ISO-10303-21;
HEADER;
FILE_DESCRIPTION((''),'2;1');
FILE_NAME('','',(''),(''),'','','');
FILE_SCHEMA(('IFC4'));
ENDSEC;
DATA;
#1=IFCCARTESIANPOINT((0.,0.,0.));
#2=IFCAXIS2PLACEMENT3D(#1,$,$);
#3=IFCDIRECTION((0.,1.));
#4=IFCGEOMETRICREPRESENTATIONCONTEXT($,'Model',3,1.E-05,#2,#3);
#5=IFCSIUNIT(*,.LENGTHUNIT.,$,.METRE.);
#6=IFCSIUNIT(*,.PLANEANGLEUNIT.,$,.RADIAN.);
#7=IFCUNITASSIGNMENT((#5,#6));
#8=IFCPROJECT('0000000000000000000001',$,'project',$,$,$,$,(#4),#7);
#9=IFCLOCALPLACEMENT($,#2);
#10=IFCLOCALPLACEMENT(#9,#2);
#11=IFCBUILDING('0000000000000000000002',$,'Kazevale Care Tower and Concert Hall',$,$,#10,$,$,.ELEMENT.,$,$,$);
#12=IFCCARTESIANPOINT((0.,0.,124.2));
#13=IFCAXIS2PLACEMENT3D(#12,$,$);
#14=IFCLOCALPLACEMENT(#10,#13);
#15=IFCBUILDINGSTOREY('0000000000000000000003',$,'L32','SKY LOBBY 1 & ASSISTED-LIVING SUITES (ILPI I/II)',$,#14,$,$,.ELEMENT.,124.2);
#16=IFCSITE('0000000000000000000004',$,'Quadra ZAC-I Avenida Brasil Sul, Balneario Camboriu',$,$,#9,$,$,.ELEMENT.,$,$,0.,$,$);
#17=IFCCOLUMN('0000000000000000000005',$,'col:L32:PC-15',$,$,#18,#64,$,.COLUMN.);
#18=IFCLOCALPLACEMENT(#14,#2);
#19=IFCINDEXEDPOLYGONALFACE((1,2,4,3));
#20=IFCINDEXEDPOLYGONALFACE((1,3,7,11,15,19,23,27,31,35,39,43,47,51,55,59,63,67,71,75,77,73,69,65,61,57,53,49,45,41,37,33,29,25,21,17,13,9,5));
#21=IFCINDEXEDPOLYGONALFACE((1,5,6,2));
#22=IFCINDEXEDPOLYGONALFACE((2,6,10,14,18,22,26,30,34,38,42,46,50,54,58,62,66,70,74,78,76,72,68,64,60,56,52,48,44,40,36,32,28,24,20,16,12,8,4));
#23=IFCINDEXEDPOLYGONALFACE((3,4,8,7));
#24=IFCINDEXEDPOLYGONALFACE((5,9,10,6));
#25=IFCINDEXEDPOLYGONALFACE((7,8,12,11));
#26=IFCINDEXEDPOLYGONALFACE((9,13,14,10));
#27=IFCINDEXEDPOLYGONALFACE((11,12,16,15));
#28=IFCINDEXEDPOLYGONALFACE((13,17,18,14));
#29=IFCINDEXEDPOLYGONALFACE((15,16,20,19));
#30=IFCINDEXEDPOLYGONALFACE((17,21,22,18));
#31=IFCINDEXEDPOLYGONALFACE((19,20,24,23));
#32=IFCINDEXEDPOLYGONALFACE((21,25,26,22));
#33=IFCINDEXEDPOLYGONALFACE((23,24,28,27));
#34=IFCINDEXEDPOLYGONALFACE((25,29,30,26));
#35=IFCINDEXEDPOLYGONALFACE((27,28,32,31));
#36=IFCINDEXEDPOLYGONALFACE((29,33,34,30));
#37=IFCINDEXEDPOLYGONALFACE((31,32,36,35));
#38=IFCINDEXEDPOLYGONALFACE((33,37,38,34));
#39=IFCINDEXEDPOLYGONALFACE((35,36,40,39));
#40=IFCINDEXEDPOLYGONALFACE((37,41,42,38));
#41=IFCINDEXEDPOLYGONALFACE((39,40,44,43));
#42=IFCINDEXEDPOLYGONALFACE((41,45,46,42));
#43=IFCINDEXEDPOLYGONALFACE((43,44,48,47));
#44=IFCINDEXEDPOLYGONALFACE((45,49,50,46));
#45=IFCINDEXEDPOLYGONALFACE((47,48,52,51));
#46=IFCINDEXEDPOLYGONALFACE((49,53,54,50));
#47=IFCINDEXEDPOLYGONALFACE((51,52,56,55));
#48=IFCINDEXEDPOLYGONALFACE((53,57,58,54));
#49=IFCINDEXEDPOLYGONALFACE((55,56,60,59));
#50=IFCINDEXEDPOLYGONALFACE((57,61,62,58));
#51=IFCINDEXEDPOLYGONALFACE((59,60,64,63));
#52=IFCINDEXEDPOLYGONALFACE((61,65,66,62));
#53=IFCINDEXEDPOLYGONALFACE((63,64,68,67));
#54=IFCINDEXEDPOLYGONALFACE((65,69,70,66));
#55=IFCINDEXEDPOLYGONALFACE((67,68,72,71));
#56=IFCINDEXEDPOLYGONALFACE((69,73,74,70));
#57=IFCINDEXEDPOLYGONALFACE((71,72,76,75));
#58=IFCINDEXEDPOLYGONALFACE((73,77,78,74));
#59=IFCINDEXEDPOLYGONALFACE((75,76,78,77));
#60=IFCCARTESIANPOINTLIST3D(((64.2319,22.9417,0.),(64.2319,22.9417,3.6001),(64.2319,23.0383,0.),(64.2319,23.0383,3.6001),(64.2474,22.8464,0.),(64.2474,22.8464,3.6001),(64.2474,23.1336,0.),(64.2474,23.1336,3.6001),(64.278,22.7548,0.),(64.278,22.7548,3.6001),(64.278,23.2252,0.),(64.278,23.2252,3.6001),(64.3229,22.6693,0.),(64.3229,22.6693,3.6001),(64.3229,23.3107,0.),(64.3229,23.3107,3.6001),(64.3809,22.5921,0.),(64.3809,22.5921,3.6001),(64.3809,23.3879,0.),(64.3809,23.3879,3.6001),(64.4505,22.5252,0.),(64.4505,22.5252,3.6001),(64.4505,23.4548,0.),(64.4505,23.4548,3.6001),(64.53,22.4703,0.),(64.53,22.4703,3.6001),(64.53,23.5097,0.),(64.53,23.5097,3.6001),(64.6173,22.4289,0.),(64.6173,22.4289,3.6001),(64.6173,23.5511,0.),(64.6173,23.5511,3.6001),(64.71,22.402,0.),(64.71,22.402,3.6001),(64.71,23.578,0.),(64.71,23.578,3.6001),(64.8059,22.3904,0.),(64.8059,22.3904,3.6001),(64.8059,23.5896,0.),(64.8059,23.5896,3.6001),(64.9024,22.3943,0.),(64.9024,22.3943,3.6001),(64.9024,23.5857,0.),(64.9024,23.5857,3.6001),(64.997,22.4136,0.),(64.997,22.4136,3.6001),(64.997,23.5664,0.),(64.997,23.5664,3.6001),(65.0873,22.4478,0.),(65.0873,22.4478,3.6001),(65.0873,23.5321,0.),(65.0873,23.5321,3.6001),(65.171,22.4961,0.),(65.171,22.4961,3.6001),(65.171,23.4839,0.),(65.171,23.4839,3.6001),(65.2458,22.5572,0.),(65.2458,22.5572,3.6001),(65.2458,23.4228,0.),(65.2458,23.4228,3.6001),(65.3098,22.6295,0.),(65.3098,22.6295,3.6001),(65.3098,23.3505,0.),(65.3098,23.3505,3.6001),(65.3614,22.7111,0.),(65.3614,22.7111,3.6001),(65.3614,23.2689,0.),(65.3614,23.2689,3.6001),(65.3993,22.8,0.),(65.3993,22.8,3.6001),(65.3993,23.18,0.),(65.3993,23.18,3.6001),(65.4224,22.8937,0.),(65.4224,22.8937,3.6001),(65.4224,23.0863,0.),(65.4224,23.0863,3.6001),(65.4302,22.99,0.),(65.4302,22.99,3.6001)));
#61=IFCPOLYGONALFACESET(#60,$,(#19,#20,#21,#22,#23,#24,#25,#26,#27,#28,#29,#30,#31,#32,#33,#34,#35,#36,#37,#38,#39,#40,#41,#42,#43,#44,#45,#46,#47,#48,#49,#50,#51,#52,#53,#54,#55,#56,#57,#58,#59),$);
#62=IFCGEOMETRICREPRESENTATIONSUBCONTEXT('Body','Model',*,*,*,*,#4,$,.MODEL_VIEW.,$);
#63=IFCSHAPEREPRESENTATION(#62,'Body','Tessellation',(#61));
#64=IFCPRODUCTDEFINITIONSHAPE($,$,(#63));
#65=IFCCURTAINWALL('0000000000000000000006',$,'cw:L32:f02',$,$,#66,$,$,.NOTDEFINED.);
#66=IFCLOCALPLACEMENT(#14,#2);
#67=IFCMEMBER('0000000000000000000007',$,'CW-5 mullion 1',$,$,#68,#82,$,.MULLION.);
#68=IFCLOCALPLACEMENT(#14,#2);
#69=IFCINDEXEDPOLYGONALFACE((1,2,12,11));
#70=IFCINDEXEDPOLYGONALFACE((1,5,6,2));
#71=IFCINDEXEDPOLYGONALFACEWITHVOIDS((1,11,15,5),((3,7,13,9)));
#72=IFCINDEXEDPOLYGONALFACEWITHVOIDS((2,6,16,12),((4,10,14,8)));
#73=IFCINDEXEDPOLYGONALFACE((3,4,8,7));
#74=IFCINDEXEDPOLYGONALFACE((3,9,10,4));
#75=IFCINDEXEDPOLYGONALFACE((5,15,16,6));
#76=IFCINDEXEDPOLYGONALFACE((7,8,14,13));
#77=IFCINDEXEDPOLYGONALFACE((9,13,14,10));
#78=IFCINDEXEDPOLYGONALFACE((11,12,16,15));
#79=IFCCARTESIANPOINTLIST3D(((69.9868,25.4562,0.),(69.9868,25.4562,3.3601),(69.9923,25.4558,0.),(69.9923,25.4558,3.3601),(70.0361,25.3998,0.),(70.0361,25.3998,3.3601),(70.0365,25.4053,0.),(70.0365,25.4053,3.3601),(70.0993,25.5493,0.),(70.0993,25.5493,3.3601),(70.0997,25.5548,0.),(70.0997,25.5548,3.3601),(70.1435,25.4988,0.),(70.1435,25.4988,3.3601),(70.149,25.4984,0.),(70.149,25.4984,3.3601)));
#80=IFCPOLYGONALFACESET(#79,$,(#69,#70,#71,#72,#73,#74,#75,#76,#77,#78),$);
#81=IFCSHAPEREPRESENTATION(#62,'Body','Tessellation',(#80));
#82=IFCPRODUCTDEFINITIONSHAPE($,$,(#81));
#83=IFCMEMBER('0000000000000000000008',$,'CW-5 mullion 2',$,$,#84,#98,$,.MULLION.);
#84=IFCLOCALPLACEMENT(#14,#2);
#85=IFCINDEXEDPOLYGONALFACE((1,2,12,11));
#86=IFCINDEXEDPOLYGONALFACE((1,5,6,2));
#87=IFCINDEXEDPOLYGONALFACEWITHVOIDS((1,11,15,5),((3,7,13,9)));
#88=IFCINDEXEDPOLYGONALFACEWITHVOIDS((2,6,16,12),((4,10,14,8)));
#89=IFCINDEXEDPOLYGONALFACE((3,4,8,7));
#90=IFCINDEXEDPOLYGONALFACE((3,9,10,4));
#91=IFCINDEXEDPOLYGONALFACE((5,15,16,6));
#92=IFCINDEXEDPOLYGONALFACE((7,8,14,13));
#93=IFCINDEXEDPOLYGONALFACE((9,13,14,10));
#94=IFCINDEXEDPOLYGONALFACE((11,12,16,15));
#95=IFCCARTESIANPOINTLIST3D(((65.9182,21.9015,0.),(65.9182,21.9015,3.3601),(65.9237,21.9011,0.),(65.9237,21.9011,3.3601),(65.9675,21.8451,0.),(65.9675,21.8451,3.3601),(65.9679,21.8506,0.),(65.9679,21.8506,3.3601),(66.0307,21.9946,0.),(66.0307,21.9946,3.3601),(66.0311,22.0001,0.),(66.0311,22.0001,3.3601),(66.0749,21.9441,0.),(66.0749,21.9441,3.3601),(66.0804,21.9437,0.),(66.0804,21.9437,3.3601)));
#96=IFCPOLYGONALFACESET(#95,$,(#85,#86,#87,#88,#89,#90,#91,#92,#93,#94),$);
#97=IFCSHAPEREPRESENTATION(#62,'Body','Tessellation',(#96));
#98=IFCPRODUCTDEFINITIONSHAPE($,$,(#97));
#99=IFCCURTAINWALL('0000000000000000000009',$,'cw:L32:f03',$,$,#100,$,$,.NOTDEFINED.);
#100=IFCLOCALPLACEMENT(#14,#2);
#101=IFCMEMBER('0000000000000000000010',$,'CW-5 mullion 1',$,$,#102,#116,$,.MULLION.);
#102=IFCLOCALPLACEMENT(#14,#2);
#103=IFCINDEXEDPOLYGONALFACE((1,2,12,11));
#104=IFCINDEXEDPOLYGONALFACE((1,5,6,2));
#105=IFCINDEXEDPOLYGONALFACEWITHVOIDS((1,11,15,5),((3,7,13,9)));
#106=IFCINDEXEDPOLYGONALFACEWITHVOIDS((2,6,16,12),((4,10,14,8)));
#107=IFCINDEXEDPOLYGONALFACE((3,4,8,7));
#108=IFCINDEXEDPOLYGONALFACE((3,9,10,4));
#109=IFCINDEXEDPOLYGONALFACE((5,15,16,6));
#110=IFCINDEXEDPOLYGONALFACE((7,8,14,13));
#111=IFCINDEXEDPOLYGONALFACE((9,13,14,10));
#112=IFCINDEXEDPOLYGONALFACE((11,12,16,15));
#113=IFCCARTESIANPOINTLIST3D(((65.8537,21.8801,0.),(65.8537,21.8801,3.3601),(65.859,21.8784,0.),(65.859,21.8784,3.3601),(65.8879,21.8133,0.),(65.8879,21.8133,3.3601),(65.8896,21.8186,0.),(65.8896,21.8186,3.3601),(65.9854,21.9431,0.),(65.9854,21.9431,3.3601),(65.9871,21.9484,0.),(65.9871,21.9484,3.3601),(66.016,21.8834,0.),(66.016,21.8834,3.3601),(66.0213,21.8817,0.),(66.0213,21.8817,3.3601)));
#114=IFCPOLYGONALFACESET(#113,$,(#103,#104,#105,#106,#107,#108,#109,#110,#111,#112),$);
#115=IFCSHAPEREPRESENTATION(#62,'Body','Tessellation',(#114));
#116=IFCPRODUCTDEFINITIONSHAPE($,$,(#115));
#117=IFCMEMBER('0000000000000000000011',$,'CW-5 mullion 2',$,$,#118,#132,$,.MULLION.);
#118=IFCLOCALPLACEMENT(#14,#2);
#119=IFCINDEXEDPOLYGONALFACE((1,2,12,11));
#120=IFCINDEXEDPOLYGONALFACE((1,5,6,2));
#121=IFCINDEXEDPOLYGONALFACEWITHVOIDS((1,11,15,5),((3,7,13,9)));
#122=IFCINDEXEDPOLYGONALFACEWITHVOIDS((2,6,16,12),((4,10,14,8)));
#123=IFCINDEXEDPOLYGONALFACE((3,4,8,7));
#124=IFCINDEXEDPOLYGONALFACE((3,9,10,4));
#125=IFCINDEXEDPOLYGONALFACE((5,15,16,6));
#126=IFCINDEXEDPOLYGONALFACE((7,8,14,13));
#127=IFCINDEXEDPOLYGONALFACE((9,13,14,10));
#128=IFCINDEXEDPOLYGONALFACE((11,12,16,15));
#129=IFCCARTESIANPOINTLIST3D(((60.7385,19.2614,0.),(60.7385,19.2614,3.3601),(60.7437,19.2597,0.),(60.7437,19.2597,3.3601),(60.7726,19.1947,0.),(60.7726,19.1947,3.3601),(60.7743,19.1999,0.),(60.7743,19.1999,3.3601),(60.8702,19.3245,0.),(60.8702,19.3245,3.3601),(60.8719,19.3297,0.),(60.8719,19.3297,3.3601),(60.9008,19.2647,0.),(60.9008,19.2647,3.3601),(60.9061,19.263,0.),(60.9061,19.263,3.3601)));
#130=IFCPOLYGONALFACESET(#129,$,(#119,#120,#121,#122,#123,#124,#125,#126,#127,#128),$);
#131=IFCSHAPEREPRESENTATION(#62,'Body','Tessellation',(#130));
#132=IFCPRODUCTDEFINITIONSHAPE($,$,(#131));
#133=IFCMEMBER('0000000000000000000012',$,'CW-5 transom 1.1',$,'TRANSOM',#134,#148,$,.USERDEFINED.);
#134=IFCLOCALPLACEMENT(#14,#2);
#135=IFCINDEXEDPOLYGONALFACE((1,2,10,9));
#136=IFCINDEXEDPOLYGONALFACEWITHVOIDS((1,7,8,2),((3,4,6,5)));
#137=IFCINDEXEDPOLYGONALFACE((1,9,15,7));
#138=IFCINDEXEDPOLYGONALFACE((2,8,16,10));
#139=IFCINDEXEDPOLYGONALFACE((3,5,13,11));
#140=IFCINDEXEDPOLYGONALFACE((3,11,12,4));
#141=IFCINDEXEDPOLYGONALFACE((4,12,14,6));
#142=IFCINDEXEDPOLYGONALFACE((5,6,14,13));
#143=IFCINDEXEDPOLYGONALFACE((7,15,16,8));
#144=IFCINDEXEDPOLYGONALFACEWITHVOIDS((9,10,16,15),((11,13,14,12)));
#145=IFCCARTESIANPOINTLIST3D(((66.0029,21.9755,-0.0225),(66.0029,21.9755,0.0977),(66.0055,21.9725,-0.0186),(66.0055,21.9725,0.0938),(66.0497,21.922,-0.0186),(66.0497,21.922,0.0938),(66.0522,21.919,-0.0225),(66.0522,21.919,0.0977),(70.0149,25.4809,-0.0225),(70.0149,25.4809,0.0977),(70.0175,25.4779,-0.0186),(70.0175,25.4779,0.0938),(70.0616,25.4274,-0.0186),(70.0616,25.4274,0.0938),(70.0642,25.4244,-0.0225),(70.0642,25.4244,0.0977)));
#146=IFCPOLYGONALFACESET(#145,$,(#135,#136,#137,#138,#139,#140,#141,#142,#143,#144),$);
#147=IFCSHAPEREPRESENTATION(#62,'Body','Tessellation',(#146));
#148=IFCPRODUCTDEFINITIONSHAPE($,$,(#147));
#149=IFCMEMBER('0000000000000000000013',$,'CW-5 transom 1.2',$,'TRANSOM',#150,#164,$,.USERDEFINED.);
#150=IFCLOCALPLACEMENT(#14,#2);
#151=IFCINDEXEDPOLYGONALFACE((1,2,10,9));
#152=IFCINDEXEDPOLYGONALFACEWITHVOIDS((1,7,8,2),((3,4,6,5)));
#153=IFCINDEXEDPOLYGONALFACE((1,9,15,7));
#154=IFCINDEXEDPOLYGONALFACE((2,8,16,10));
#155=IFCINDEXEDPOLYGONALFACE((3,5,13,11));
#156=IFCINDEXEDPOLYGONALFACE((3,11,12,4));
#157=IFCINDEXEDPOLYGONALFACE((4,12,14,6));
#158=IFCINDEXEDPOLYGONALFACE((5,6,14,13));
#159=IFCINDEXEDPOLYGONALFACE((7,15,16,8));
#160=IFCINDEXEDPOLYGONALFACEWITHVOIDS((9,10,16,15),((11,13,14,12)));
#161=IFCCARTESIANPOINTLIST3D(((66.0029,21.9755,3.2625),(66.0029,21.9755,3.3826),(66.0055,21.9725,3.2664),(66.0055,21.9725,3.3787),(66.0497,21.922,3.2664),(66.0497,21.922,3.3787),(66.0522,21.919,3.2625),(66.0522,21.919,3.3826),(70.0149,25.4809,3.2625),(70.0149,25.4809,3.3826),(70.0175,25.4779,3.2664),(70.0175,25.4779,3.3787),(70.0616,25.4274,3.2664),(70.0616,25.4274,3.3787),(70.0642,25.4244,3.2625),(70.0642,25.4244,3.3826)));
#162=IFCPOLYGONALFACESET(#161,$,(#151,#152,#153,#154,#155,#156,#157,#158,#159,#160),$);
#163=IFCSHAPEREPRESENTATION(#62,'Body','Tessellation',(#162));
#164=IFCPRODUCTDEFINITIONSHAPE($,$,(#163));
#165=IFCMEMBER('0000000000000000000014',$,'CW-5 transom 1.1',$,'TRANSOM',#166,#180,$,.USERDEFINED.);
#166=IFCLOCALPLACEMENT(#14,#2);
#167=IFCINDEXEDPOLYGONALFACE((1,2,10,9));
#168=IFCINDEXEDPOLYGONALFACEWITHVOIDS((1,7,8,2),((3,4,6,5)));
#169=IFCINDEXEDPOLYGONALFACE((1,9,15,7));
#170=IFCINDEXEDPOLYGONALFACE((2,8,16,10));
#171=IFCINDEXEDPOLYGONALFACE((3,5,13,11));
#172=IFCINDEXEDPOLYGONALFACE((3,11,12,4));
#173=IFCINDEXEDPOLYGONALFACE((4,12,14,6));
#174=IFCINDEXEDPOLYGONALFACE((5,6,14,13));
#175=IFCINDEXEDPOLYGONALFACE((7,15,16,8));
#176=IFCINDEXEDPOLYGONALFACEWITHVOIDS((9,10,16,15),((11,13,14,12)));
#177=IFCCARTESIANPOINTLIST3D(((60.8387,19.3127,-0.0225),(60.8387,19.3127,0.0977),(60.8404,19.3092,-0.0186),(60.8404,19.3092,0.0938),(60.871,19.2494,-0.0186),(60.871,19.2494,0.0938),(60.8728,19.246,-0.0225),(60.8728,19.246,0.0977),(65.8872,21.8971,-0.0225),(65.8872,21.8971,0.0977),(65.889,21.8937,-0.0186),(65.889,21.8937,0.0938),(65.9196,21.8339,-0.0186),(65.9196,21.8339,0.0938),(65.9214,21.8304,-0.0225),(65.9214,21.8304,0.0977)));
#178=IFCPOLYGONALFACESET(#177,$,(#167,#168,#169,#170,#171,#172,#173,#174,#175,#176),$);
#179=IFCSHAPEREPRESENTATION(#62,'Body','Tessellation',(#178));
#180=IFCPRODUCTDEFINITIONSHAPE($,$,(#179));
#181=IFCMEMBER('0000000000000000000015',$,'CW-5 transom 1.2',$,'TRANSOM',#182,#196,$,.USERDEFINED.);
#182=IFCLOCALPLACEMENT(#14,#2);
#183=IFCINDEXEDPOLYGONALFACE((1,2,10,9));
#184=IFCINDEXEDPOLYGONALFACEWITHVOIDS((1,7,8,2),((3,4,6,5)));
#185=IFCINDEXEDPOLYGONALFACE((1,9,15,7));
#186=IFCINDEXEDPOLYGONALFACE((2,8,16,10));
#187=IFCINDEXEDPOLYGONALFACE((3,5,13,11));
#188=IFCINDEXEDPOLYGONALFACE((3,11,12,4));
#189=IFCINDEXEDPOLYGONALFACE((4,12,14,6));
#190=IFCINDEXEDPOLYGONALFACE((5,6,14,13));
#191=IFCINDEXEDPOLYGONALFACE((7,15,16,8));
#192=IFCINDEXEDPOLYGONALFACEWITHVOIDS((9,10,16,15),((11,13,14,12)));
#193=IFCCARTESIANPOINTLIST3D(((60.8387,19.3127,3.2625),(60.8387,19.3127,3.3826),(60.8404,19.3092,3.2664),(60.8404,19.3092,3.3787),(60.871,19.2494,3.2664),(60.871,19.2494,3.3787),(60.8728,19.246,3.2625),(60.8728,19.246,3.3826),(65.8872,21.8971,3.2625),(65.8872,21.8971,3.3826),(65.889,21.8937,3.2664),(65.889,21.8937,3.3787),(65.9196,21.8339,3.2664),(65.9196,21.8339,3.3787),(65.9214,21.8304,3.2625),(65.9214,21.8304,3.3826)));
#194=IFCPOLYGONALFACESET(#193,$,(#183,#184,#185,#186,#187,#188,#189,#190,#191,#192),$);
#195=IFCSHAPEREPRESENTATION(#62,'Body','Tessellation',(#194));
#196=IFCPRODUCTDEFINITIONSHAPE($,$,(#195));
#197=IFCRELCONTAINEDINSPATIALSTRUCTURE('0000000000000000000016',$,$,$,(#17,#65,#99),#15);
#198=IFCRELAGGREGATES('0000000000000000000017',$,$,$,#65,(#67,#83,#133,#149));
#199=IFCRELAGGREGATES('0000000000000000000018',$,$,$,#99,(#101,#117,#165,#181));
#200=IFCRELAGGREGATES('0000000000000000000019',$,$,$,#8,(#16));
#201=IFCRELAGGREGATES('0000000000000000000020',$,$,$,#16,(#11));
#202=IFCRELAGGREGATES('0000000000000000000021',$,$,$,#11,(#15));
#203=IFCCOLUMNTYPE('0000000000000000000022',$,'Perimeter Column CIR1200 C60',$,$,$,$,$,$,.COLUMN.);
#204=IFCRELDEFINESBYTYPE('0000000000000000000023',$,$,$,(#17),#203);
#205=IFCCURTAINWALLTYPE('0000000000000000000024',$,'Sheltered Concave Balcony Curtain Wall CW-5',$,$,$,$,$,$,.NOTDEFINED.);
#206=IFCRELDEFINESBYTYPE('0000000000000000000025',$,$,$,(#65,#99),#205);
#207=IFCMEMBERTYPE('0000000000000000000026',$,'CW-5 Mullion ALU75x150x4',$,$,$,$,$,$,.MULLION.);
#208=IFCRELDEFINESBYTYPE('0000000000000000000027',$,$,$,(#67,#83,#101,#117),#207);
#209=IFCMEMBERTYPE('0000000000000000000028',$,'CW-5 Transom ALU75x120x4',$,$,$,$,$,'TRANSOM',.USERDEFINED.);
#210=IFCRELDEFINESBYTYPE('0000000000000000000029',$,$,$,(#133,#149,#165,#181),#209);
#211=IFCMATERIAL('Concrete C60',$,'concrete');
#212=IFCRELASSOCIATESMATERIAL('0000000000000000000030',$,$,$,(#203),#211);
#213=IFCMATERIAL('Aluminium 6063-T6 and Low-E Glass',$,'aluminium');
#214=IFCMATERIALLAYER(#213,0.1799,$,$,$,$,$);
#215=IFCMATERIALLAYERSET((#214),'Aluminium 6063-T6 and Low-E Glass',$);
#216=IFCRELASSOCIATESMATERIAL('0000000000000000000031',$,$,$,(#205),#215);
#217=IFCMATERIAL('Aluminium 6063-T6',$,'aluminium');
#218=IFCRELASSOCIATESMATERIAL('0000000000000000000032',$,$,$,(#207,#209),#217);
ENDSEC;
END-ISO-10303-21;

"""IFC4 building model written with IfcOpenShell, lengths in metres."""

from ifc_helpers import new_model, si_unit, direction, frame, origin, origin_2d, place, context, subcontext, project, spatial, hollow_rectangle, circle, extrude, material, layer, layer_set, material_profile, profile_set, type_object, element, aggregate, save


model = new_model("IFC4")

# Units and contexts
model_context = context("Model", 3, precision=1e-05, world=origin(), true_north=direction((0.0, 1.0)))
body_context = subcontext(model_context, "Body", "Model", "MODEL_VIEW")
ifc_project = project(units=[si_unit("LENGTHUNIT", "METRE"), si_unit("PLANEANGLEUNIT", "RADIAN")], contexts=[model_context])

# Site, building, storey
site_placement = place(None, origin())
site = spatial("IfcSite", under=ifc_project, at=site_placement, Name="Quadra ZAC-I Avenida Brasil Sul, Balneario Camboriu", CompositionType="ELEMENT", RefElevation=0.0)
building_placement = place(site_placement, origin())
building = spatial("IfcBuilding", under=site, at=building_placement, Name="Kazevale Care Tower and Concert Hall", CompositionType="ELEMENT")
storey_placement = place(building_placement, frame((0.0, 0.0, 124.2)))
storey = spatial("IfcBuildingStorey", under=building, at=storey_placement, Name="L32", Description="SKY LOBBY 1 & ASSISTED-LIVING SUITES (ILPI I/II)", CompositionType="ELEMENT", Elevation=124.2)

# Column
ifc_material_1 = material(Name="Concrete C60", Category="concrete")
ifc_material_profile_1 = material_profile(ifc_material_1, circle(Radius=0.6001, at=origin_2d()), Name="RC-CIR1200")
ifc_profile_set_1 = profile_set([ifc_material_profile_1], Name="Concrete C60")
column_type = type_object("IfcColumnType", Name="Perimeter Column CIR1200 C60", PredefinedType="COLUMN", material=ifc_profile_set_1)
column_placement = place(storey_placement, frame((64.8301, 22.99, 0.0), z_axis=(0.0, 0.0, 1.0), x_axis=(1.0, 0.0, 0.0)))
element("IfcColumn", 1, at=column_placement, inside=storey, type_object=column_type, Name="col:L32:PC-15", PredefinedType="COLUMN", context=body_context, shape_type="SweptSolid", body=[
    extrude(circle(Radius=0.6001, at=origin_2d()), origin(), (0.0, 0.0, 1.0), 3.6001),
])

# Curtain walls, members
ifc_material_2 = material(Name="Aluminium 6063-T6 and Low-E Glass", Category="aluminium")
ifc_layer_1 = layer(ifc_material_2, 0.1799)
ifc_layer_set_1 = layer_set([ifc_layer_1], Name="Aluminium 6063-T6 and Low-E Glass")
curtain_wall_type = type_object("IfcCurtainWallType", Name="Sheltered Concave Balcony Curtain Wall CW-5", PredefinedType="NOTDEFINED", material=ifc_layer_set_1)
curtain_wall_1_placement = place(storey_placement, origin())
curtain_wall_1 = element("IfcCurtainWall", 2, at=curtain_wall_1_placement, inside=storey, type_object=curtain_wall_type, Name="cw:L32:f02", PredefinedType="NOTDEFINED")
ifc_material_3 = material(Name="Aluminium 6063-T6", Category="aluminium")
ifc_material_profile_2 = material_profile(ifc_material_3, hollow_rectangle(XDim=0.075, YDim=0.1499, WallThickness=0.0039, at=origin_2d()), Name="ALU75x150x4")
ifc_profile_set_2 = profile_set([ifc_material_profile_2], Name="Aluminium 6063-T6")
member_type_1 = type_object("IfcMemberType", Name="CW-5 Mullion ALU75x150x4", PredefinedType="MULLION", material=ifc_profile_set_2)
member_1_placement = place(storey_placement, frame((70.0679, 25.4773, 0.0), z_axis=(0.0, 0.0, 1.0), x_axis=(0.657949, -0.753063, 0.0)))
member_1 = element("IfcMember", 3, at=member_1_placement, type_object=member_type_1, Name="CW-5 mullion 1", PredefinedType="MULLION", context=body_context, shape_type="SweptSolid", body=[
    extrude(hollow_rectangle(XDim=0.075, YDim=0.1499, WallThickness=0.0039, at=origin_2d()), origin(), (0.0, 0.0, 1.0), 3.3601),
])
member_2_placement = place(storey_placement, frame((65.9993, 21.9226, 0.0), z_axis=(0.0, 0.0, 1.0), x_axis=(0.657949, -0.753063, 0.0)))
member_2 = element("IfcMember", 4, at=member_2_placement, type_object=member_type_1, Name="CW-5 mullion 2", PredefinedType="MULLION", context=body_context, shape_type="SweptSolid", body=[
    extrude(hollow_rectangle(XDim=0.075, YDim=0.1499, WallThickness=0.0039, at=origin_2d()), origin(), (0.0, 0.0, 1.0), 3.3601),
])
curtain_wall_2_placement = place(storey_placement, origin())
curtain_wall_2 = element("IfcCurtainWall", 5, at=curtain_wall_2_placement, inside=storey, type_object=curtain_wall_type, Name="cw:L32:f03", PredefinedType="NOTDEFINED")
member_3_placement = place(storey_placement, frame((65.9375, 21.8809, 0.0), z_axis=(0.0, 0.0, 1.0), x_axis=(0.455713, -0.890127, 0.0)))
member_3 = element("IfcMember", 6, at=member_3_placement, type_object=member_type_1, Name="CW-5 mullion 1", PredefinedType="MULLION", context=body_context, shape_type="SweptSolid", body=[
    extrude(hollow_rectangle(XDim=0.075, YDim=0.1499, WallThickness=0.0039, at=origin_2d()), origin(), (0.0, 0.0, 1.0), 3.3601),
])
member_4_placement = place(storey_placement, frame((60.8223, 19.2622, 0.0), z_axis=(0.0, 0.0, 1.0), x_axis=(0.455713, -0.890127, 0.0)))
member_4 = element("IfcMember", 7, at=member_4_placement, type_object=member_type_1, Name="CW-5 mullion 2", PredefinedType="MULLION", context=body_context, shape_type="SweptSolid", body=[
    extrude(hollow_rectangle(XDim=0.075, YDim=0.1499, WallThickness=0.0039, at=origin_2d()), origin(), (0.0, 0.0, 1.0), 3.3601),
])

# Members
ifc_material_profile_3 = material_profile(ifc_material_3, hollow_rectangle(XDim=0.075, YDim=0.1201, WallThickness=0.0039, at=origin_2d()), Name="ALU75x120x4")
ifc_profile_set_3 = profile_set([ifc_material_profile_3], Name="Aluminium 6063-T6")
member_type_2 = type_object("IfcMemberType", Name="CW-5 Transom ALU75x120x4", ElementType="TRANSOM", PredefinedType="USERDEFINED", material=ifc_profile_set_3)
member_5_placement = place(storey_placement, frame((70.0396, 25.4526, 0.0376), z_axis=(-0.753051, -0.657963, 0.0), x_axis=(0.657963, -0.753051, 0.0)))
member_5 = element("IfcMember", 8, at=member_5_placement, type_object=member_type_2, Name="CW-5 transom 1.1", ObjectType="TRANSOM", PredefinedType="USERDEFINED", context=body_context, shape_type="SweptSolid", body=[
    extrude(hollow_rectangle(XDim=0.075, YDim=0.1201, WallThickness=0.0039, at=origin_2d()), origin(), (0.0, 0.0, 1.0), 5.3276),
])
member_6_placement = place(storey_placement, frame((70.0396, 25.4526, 3.3225), z_axis=(-0.753051, -0.657963, 0.0), x_axis=(0.657963, -0.753051, 0.0)))
member_6 = element("IfcMember", 9, at=member_6_placement, type_object=member_type_2, Name="CW-5 transom 1.2", ObjectType="TRANSOM", PredefinedType="USERDEFINED", context=body_context, shape_type="SweptSolid", body=[
    extrude(hollow_rectangle(XDim=0.075, YDim=0.1201, WallThickness=0.0039, at=origin_2d()), origin(), (0.0, 0.0, 1.0), 5.3276),
])
member_7_placement = place(storey_placement, frame((65.9043, 21.8638, 0.0376), z_axis=(-0.890143, -0.455682, 0.0), x_axis=(0.455682, -0.890143, 0.0)))
member_7 = element("IfcMember", 10, at=member_7_placement, type_object=member_type_2, Name="CW-5 transom 1.1", ObjectType="TRANSOM", PredefinedType="USERDEFINED", context=body_context, shape_type="SweptSolid", body=[
    extrude(hollow_rectangle(XDim=0.075, YDim=0.1201, WallThickness=0.0039, at=origin_2d()), origin(), (0.0, 0.0, 1.0), 5.6716),
])
member_8_placement = place(storey_placement, frame((65.9043, 21.8638, 3.3225), z_axis=(-0.890143, -0.455682, 0.0), x_axis=(0.455682, -0.890143, 0.0)))
member_8 = element("IfcMember", 11, at=member_8_placement, type_object=member_type_2, Name="CW-5 transom 1.2", ObjectType="TRANSOM", PredefinedType="USERDEFINED", context=body_context, shape_type="SweptSolid", body=[
    extrude(hollow_rectangle(XDim=0.075, YDim=0.1201, WallThickness=0.0039, at=origin_2d()), origin(), (0.0, 0.0, 1.0), 5.6716),
])

aggregate(curtain_wall_1, [member_1, member_2, member_5, member_6])
aggregate(curtain_wall_2, [member_3, member_4, member_7, member_8])

save(model, "model.ifc")
